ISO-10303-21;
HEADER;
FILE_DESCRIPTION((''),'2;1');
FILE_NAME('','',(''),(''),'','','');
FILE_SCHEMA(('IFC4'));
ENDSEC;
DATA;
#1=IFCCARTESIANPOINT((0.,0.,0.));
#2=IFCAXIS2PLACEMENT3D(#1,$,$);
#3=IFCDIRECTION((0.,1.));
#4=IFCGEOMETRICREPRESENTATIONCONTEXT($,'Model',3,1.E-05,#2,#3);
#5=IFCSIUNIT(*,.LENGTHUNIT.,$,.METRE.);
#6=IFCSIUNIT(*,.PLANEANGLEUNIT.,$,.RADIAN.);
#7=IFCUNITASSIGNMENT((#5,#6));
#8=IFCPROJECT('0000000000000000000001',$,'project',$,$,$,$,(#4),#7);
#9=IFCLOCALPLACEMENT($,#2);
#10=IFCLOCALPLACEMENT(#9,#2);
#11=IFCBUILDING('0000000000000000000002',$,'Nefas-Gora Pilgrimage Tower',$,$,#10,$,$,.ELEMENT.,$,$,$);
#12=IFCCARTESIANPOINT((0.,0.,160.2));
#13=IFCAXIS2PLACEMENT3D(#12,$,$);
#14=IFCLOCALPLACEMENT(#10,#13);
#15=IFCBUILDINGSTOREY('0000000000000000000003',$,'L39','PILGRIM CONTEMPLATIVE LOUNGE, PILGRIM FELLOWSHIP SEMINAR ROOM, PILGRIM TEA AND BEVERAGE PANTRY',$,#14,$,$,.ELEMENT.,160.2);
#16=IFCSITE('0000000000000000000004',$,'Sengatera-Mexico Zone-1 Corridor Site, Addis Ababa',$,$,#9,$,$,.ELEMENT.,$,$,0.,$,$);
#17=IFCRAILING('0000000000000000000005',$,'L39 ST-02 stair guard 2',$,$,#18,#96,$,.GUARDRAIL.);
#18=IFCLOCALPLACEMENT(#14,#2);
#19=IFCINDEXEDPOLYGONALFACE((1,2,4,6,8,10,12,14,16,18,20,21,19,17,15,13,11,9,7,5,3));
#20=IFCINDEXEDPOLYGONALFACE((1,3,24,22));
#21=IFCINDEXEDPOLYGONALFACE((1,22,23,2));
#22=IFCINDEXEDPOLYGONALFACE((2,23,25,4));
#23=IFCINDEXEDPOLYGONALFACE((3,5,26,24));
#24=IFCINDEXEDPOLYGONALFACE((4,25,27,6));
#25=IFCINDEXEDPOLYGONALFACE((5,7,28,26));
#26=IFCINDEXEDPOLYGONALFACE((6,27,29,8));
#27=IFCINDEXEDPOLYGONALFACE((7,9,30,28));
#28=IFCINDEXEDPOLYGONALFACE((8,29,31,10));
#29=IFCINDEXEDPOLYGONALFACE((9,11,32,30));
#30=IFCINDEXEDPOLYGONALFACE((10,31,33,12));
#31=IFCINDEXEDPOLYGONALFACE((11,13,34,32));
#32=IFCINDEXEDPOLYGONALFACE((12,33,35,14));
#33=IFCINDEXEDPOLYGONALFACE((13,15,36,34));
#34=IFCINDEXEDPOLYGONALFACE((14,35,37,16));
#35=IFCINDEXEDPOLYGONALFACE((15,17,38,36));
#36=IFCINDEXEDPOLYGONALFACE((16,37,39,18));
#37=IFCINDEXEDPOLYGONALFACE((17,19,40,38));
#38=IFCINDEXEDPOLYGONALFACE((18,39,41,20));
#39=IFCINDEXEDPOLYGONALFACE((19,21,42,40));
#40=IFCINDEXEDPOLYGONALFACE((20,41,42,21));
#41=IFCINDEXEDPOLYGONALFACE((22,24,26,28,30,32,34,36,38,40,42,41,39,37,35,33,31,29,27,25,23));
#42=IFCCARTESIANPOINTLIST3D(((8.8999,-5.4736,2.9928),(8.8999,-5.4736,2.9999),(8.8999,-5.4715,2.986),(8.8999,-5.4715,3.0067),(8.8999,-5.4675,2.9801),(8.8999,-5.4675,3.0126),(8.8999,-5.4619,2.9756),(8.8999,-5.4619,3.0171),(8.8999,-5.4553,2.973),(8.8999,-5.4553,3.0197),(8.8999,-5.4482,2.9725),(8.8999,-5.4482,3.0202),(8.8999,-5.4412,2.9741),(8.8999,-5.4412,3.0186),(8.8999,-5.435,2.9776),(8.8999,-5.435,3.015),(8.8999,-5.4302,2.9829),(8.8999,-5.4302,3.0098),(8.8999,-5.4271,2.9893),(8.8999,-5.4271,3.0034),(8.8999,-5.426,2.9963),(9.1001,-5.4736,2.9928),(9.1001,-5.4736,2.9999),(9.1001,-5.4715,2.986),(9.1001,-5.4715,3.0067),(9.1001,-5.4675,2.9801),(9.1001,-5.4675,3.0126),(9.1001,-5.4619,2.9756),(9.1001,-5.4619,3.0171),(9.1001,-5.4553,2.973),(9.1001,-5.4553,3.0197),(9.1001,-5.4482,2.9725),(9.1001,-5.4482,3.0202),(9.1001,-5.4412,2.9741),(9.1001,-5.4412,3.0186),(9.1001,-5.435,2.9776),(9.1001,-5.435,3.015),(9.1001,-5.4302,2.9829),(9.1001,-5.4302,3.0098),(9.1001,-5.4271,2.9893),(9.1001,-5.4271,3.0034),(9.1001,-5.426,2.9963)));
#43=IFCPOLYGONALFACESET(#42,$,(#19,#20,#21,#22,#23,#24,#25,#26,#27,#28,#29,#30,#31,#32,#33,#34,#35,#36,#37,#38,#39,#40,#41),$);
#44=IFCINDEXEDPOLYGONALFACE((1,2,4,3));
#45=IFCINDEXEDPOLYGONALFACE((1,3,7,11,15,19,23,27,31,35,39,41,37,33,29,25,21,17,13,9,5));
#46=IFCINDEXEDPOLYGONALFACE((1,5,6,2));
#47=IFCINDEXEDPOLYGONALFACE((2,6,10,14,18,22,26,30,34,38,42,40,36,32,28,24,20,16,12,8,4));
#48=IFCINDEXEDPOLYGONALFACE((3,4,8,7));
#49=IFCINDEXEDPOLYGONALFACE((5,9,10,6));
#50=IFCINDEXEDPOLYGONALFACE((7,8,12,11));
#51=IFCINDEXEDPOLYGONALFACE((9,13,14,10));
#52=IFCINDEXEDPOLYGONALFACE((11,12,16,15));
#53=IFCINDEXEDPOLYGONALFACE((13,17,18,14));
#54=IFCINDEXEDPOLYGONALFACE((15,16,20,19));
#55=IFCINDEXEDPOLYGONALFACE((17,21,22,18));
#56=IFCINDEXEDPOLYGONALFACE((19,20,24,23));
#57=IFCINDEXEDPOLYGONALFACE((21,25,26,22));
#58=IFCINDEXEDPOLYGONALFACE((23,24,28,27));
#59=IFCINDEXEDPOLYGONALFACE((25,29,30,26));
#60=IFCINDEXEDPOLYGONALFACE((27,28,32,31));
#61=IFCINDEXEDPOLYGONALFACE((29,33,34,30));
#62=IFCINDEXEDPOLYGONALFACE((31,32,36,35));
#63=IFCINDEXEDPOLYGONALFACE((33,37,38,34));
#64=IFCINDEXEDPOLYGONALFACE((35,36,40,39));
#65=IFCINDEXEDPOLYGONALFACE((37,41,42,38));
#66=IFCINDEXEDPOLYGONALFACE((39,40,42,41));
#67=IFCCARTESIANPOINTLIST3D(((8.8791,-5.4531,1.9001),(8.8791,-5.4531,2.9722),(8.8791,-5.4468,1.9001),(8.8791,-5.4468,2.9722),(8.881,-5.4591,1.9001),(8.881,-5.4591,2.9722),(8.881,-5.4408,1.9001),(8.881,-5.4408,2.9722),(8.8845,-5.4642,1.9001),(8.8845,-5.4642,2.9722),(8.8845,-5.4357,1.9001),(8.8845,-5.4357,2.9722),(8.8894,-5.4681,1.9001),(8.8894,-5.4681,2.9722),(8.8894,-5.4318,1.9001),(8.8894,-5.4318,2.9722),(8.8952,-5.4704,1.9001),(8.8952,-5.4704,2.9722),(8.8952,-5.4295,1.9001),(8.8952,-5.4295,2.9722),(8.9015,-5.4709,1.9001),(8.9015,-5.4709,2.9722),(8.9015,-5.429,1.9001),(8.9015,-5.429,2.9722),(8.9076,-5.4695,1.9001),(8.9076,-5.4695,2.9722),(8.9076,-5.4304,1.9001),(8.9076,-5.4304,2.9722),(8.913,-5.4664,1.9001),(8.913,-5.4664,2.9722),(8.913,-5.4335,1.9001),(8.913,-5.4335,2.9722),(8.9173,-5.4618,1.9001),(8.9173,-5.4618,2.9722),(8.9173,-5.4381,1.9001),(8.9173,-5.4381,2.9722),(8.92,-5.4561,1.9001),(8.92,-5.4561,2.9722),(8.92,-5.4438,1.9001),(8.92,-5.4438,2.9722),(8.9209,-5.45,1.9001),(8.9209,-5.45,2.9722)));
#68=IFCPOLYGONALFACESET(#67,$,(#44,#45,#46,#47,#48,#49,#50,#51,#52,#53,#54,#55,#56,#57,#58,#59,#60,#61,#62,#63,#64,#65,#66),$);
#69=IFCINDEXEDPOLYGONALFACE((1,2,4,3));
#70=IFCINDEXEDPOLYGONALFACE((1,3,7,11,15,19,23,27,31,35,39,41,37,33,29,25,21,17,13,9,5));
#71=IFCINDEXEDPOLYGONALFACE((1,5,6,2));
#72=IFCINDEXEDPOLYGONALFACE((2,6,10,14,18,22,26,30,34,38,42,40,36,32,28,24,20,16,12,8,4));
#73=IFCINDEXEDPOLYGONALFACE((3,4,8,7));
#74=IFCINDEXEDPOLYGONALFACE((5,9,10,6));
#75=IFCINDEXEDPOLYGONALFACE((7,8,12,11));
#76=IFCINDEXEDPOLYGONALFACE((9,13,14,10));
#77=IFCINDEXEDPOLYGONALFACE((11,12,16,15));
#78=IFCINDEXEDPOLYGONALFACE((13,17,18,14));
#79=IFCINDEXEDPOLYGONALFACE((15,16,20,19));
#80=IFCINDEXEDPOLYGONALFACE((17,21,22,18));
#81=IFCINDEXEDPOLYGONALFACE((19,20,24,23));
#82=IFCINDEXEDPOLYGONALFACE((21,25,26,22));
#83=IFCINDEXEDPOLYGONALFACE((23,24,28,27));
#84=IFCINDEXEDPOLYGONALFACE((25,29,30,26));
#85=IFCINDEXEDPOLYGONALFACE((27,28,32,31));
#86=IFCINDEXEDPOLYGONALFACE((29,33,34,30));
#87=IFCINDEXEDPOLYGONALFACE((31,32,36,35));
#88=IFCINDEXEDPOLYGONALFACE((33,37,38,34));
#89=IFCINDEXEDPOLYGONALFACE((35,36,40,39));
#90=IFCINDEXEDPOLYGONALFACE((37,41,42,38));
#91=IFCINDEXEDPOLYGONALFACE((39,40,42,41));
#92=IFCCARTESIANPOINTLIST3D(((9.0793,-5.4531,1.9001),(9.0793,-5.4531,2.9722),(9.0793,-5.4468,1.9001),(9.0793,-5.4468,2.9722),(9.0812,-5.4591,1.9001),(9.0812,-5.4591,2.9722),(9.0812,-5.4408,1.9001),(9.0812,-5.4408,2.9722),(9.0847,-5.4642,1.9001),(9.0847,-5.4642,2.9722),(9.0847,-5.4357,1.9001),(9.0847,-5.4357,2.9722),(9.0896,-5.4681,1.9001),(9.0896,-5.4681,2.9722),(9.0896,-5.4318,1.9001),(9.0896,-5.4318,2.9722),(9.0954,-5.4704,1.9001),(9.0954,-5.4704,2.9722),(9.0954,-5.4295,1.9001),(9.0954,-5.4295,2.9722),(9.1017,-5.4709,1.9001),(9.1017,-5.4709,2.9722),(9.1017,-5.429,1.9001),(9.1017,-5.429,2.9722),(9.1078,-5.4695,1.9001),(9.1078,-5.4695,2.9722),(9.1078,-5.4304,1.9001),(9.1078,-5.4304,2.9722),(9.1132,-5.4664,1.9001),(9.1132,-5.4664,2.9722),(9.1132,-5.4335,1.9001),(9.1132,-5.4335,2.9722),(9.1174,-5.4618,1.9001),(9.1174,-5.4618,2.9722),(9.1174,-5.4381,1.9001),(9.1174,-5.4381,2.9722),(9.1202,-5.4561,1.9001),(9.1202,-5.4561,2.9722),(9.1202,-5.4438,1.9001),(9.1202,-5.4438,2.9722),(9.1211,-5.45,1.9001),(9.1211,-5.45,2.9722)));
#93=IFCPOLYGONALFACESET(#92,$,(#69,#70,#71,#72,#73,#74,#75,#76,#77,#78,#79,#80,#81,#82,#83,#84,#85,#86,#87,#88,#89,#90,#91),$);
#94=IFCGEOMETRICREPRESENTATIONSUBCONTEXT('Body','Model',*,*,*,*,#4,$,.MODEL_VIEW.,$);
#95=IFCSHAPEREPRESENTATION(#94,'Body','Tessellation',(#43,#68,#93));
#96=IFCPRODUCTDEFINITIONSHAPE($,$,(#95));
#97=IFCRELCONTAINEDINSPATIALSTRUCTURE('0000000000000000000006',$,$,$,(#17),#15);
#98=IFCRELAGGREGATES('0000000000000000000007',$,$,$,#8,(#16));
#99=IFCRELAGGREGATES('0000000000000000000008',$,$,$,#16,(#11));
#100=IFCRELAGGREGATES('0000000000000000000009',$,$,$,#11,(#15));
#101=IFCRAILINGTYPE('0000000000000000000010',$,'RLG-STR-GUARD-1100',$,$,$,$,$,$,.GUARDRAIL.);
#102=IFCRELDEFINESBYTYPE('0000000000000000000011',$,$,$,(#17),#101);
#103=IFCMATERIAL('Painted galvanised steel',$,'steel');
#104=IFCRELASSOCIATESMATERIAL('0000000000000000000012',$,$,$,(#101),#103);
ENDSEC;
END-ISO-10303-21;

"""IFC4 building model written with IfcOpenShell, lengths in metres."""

from ifc_helpers import new_model, si_unit, direction, frame, origin, origin_2d, place, context, subcontext, project, spatial, circle, extrude, material, type_object, element, save


model = new_model("IFC4")

# Units and contexts
model_context = context("Model", 3, precision=1e-05, world=origin(), true_north=direction((0.0, 1.0)))
body_context = subcontext(model_context, "Body", "Model", "MODEL_VIEW")
ifc_project = project(units=[si_unit("LENGTHUNIT", "METRE"), si_unit("PLANEANGLEUNIT", "RADIAN")], contexts=[model_context])

# Site, building, storey
site_placement = place(None, origin())
site = spatial("IfcSite", under=ifc_project, at=site_placement, Name="Sengatera-Mexico Zone-1 Corridor Site, Addis Ababa", CompositionType="ELEMENT", RefElevation=0.0)
building_placement = place(site_placement, origin())
building = spatial("IfcBuilding", under=site, at=building_placement, Name="Nefas-Gora Pilgrimage Tower", CompositionType="ELEMENT")
storey_placement = place(building_placement, frame((0.0, 0.0, 160.2)))
storey = spatial("IfcBuildingStorey", under=building, at=storey_placement, Name="L39", Description="PILGRIM CONTEMPLATIVE LOUNGE, PILGRIM FELLOWSHIP SEMINAR ROOM, PILGRIM TEA AND BEVERAGE PANTRY", CompositionType="ELEMENT", Elevation=160.2)

# Railing
ifc_material_1 = material(Name="Painted galvanised steel", Category="steel")
railing_type_1 = type_object("IfcRailingType", Name="RLG-STR-GUARD-1100", PredefinedType="GUARDRAIL", material=ifc_material_1)
railing_1_placement = place(storey_placement, frame((8.8999, -5.45, 1.9001)))
element("IfcRailing", 1, at=railing_1_placement, inside=storey, type_object=railing_type_1, Name="L39 ST-02 stair guard 2", PredefinedType="GUARDRAIL", context=body_context, shape_type="SweptSolid", body=[
    extrude(circle(Radius=0.0239, at=origin_2d()), frame((0.0, 0.0, 1.0962), z_axis=(1.0, 0.0, 0.0), x_axis=(0.0, 1.0, 0.0)), (0.0, 0.0, 1.0), 0.2002),
    extrude(circle(Radius=0.021, at=origin_2d()), origin(), (0.0, 0.0, 1.0), 1.072),
    extrude(circle(Radius=0.021, at=origin_2d()), frame((0.2002, 0.0, 0.0)), (0.0, 0.0, 1.0), 1.072),
])

save(model, "model.ifc")
